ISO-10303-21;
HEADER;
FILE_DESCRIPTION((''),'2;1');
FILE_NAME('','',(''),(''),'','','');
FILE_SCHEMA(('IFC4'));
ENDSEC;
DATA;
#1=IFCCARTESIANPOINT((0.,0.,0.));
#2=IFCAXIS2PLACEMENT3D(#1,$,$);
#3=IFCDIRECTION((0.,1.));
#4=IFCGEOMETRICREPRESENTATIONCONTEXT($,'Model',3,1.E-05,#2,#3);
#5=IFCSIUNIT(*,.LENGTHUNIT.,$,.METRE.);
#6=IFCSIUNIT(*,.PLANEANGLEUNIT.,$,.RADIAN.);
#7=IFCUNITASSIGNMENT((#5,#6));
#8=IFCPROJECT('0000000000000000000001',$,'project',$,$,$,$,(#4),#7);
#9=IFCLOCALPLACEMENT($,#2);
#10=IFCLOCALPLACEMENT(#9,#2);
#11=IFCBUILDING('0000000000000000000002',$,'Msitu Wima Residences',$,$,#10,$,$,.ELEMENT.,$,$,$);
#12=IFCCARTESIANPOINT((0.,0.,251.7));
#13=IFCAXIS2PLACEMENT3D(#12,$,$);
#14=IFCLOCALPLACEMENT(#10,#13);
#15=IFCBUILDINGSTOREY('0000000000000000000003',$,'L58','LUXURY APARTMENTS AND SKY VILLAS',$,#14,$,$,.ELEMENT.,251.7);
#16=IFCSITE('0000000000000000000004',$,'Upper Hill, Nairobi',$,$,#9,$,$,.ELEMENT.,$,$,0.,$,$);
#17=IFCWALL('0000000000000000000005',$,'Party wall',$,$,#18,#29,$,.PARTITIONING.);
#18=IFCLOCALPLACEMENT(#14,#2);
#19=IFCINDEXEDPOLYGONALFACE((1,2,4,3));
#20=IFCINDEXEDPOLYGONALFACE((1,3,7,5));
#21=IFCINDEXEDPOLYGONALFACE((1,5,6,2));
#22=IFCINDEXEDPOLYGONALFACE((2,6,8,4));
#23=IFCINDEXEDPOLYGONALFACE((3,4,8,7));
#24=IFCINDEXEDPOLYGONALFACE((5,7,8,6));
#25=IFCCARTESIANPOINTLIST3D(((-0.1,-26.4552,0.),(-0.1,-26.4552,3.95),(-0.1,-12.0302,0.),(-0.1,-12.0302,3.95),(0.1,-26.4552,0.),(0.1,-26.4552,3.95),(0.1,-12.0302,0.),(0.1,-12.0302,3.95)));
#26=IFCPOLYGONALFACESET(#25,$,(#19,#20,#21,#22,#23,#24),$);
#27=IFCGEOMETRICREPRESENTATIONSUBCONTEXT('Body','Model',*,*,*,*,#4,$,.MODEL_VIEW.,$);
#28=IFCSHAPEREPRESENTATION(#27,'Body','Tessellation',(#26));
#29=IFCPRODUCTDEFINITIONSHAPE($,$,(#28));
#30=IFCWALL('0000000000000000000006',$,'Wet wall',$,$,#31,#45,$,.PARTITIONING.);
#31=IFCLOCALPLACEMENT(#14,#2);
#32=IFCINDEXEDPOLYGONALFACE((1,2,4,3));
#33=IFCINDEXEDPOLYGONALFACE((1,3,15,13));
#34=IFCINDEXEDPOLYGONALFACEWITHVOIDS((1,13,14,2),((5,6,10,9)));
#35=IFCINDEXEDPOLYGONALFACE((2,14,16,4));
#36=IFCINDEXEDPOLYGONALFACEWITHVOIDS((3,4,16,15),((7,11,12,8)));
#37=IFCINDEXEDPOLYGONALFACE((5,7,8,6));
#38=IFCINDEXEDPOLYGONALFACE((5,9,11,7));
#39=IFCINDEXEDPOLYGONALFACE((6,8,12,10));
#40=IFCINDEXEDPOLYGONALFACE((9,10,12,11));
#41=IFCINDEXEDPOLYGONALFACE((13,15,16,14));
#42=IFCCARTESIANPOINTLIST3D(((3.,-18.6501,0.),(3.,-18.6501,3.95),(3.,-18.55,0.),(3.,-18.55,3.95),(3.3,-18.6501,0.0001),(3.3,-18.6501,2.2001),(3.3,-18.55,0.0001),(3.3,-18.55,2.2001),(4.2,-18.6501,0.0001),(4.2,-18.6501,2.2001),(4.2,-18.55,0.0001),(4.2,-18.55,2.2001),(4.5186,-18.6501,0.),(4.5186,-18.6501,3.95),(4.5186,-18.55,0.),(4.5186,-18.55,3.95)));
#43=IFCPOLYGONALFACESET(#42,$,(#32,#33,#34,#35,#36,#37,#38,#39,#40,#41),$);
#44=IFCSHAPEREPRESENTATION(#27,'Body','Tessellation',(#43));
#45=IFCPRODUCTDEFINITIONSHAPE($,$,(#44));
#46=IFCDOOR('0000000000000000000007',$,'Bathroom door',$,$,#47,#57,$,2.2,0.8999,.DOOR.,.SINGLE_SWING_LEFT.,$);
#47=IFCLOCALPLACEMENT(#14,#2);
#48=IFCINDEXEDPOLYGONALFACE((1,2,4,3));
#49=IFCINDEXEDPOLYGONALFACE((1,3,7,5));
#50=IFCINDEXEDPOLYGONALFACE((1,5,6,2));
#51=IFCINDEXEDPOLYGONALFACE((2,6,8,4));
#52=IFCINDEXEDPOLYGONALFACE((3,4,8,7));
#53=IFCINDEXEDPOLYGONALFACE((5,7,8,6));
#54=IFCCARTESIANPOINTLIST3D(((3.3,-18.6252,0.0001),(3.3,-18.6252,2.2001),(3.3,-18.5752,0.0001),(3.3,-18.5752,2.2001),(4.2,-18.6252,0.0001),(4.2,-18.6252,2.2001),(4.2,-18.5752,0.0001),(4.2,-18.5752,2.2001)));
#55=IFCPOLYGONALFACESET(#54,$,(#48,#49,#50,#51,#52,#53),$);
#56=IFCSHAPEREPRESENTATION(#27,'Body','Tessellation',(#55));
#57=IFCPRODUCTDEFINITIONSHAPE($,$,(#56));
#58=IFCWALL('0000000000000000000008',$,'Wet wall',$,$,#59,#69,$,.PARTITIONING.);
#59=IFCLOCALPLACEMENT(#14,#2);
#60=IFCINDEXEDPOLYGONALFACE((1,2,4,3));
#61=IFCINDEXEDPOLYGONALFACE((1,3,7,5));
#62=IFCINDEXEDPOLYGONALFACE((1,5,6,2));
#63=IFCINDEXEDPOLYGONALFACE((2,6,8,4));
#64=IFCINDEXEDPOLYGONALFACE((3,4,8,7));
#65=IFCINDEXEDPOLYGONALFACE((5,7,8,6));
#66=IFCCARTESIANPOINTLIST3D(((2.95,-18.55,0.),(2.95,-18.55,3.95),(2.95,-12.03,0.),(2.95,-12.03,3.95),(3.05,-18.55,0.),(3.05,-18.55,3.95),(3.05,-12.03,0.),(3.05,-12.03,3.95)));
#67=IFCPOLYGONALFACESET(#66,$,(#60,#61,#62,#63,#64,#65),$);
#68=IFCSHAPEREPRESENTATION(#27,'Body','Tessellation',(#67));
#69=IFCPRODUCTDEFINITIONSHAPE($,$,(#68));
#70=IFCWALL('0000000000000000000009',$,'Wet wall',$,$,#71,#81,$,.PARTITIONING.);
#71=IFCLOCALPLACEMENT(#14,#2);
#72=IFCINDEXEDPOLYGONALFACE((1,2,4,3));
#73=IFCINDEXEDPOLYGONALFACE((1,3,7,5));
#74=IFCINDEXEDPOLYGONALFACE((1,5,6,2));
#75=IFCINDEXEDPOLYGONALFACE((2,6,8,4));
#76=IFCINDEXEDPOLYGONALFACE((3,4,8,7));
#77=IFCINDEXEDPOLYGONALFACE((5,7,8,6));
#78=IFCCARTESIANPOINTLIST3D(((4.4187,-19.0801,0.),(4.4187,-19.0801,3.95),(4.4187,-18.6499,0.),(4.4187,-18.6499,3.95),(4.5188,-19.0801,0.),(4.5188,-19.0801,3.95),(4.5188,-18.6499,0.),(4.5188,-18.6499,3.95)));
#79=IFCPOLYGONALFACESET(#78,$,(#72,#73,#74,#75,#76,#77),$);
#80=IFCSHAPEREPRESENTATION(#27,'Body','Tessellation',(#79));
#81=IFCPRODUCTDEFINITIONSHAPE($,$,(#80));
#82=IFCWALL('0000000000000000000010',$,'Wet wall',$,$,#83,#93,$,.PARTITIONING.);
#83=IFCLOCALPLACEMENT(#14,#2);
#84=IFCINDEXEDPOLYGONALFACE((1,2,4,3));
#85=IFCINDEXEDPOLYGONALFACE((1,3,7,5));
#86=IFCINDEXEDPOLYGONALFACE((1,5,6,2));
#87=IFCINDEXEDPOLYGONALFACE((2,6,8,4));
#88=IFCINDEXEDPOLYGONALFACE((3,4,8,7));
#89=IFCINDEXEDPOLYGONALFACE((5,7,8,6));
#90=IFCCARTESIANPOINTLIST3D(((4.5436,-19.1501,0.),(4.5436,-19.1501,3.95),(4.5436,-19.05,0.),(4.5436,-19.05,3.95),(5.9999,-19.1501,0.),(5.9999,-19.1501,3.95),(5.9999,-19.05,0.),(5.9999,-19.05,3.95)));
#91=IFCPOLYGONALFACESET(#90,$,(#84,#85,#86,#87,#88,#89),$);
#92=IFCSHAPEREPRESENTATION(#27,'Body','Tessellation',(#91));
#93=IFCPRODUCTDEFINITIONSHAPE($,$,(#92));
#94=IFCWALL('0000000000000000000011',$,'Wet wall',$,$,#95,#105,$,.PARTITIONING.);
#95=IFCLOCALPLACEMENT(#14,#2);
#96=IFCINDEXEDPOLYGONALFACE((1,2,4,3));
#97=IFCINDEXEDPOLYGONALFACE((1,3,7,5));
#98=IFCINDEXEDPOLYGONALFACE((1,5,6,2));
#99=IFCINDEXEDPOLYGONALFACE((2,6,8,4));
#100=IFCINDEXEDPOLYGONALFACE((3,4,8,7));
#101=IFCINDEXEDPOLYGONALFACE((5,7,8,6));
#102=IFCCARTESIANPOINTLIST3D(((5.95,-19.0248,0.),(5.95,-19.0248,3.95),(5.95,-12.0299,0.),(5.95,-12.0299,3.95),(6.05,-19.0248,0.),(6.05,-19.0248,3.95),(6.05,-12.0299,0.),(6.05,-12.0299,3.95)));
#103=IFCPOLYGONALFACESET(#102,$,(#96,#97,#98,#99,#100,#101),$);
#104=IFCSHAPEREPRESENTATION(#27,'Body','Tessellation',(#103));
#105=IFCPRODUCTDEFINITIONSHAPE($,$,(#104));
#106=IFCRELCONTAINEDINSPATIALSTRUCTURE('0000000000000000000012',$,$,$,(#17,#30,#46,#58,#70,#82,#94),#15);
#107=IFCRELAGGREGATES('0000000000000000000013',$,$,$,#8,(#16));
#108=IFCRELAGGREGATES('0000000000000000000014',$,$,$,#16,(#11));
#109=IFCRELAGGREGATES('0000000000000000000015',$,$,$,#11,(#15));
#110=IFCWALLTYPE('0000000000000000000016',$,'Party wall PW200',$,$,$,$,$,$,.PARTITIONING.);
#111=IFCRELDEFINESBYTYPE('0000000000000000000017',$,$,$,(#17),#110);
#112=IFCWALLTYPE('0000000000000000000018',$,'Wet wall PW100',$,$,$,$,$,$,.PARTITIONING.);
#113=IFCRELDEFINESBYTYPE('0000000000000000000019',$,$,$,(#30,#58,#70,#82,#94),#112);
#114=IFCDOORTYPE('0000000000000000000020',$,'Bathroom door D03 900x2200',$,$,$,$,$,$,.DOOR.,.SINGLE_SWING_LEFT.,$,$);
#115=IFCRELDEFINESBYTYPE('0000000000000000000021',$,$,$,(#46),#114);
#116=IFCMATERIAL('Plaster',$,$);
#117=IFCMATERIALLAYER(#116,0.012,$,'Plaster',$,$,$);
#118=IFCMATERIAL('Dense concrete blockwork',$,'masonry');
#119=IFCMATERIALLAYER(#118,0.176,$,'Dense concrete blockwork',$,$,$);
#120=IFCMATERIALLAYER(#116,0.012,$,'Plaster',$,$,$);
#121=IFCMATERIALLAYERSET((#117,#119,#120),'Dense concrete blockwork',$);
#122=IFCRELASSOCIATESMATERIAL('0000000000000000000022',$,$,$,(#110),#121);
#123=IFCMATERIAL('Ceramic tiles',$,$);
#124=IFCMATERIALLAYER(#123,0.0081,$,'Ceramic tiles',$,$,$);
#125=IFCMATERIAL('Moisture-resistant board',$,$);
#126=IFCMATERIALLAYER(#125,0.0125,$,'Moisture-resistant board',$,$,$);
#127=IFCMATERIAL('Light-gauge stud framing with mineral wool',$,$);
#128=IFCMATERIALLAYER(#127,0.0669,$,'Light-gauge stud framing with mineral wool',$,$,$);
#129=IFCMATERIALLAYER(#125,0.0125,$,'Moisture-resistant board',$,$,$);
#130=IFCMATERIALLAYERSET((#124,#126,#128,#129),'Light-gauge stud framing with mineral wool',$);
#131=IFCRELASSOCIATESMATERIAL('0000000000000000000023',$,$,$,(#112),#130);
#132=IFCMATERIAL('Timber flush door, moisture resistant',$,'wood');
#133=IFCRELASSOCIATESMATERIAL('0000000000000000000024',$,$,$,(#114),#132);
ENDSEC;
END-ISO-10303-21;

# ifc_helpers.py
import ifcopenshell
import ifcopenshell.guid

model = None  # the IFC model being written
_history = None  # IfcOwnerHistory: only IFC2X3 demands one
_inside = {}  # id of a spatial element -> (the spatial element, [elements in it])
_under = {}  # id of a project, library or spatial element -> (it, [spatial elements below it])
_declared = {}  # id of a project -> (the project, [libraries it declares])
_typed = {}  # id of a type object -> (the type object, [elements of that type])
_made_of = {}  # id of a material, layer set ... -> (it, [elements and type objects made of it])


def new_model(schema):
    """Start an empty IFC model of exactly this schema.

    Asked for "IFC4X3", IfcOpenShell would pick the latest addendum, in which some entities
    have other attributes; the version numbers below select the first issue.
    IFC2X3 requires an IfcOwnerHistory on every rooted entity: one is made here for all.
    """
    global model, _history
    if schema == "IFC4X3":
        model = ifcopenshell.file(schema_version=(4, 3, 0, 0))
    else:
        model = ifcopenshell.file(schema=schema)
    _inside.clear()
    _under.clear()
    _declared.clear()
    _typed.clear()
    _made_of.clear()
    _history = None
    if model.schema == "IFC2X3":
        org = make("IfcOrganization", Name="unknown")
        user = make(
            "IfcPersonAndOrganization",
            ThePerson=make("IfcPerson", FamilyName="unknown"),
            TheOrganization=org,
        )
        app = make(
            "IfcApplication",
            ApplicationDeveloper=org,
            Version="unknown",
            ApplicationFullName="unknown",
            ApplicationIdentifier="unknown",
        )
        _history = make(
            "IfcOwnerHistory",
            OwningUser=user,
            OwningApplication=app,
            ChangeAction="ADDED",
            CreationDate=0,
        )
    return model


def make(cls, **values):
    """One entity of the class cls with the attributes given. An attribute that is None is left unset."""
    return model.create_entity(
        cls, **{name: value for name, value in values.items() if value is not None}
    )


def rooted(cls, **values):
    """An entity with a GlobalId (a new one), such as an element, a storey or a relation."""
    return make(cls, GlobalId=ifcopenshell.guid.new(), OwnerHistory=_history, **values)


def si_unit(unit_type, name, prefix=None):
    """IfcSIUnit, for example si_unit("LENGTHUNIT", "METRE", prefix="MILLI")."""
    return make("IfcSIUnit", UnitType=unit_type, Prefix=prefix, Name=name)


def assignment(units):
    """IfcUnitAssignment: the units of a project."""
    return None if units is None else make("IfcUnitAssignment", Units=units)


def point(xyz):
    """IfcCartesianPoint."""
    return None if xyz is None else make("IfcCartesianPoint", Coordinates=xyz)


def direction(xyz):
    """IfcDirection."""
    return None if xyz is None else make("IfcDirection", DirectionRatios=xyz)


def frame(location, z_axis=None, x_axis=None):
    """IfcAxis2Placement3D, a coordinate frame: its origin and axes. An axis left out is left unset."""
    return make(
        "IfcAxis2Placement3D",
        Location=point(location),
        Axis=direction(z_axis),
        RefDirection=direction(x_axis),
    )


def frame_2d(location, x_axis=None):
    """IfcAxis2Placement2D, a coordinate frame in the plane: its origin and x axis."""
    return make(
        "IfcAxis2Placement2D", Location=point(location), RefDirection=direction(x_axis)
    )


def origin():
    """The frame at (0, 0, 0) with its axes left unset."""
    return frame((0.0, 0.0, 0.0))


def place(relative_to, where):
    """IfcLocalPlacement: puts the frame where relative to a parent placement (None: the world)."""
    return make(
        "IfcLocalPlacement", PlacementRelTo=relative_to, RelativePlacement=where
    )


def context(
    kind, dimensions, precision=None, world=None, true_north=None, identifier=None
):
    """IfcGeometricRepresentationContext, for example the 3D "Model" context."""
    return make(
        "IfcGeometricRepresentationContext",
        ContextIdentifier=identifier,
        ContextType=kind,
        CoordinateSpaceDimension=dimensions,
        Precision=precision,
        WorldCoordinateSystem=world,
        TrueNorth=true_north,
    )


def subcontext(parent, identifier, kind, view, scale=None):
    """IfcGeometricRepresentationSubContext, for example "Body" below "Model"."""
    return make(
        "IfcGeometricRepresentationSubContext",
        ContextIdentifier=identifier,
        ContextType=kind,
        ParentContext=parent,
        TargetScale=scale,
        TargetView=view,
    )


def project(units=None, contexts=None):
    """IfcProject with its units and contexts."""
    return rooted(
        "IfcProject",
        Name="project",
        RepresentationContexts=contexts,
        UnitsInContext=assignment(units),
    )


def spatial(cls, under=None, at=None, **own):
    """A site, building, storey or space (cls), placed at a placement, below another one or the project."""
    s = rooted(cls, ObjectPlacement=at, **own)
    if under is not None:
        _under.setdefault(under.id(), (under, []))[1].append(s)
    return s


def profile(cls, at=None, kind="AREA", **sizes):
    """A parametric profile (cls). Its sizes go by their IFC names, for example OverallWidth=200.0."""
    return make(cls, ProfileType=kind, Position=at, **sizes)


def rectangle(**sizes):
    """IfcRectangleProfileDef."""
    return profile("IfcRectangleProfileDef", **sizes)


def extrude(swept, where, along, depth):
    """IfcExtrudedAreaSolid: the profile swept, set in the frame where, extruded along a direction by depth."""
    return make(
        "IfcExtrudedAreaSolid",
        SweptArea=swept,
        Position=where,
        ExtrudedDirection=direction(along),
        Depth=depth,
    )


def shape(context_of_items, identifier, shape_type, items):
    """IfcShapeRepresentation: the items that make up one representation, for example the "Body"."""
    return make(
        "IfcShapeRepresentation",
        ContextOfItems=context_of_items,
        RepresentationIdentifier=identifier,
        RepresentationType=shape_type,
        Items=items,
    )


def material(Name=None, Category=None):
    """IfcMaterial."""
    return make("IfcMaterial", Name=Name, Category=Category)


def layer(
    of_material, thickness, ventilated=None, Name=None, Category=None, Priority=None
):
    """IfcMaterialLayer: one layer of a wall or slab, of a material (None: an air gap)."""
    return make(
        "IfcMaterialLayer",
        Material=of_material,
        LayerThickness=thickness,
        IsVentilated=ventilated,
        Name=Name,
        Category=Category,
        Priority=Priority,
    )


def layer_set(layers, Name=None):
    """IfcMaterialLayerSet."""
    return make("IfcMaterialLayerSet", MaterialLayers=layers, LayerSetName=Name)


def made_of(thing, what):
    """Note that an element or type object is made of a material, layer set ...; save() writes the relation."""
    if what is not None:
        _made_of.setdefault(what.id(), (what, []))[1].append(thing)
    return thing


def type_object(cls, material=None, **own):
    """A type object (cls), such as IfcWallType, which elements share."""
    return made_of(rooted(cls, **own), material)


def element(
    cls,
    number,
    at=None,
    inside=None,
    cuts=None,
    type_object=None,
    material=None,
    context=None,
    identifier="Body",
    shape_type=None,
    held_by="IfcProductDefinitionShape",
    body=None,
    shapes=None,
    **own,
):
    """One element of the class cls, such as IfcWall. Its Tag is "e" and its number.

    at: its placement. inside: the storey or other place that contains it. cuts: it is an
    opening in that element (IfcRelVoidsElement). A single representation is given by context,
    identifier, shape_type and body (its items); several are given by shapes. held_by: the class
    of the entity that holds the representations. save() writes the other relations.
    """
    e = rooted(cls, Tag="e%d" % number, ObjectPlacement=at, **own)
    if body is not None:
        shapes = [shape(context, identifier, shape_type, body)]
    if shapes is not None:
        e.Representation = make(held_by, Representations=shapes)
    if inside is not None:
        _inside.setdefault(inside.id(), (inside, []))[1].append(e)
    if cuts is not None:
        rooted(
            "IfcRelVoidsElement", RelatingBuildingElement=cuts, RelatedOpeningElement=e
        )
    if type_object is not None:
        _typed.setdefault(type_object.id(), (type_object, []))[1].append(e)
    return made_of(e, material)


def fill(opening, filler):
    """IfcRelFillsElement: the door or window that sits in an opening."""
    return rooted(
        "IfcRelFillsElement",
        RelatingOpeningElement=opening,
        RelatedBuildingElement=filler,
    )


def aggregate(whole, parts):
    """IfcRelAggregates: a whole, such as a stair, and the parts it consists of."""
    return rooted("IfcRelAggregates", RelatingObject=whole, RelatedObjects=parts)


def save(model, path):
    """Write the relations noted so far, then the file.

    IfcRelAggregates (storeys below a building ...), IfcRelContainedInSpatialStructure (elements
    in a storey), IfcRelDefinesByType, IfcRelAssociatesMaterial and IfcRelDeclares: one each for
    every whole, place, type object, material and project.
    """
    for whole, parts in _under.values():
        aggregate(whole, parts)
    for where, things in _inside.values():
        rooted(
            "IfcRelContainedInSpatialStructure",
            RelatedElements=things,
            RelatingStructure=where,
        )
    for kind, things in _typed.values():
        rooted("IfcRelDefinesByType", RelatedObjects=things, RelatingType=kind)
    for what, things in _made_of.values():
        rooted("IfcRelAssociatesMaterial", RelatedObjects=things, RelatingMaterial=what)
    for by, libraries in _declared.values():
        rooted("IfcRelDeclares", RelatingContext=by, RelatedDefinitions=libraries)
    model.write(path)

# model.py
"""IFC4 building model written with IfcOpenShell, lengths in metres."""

from ifc_helpers import new_model, si_unit, direction, frame, frame_2d, origin, place, context, subcontext, project, spatial, rectangle, extrude, material, layer, layer_set, type_object, element, fill, save


model = new_model("IFC4")

# Units and contexts
model_context = context("Model", 3, precision=1e-05, world=origin(), true_north=direction((0.0, 1.0)))
body_context = subcontext(model_context, "Body", "Model", "MODEL_VIEW")
ifc_project = project(units=[si_unit("LENGTHUNIT", "METRE"), si_unit("PLANEANGLEUNIT", "RADIAN")], contexts=[model_context])

# Site, building, storey
site_placement = place(None, origin())
site = spatial("IfcSite", under=ifc_project, at=site_placement, Name="Upper Hill, Nairobi", CompositionType="ELEMENT", RefElevation=0.0)
building_placement = place(site_placement, origin())
building = spatial("IfcBuilding", under=site, at=building_placement, Name="Msitu Wima Residences", CompositionType="ELEMENT")
storey_placement = place(building_placement, frame((0.0, 0.0, 251.7)))
storey = spatial("IfcBuildingStorey", under=building, at=storey_placement, Name="L58", Description="LUXURY APARTMENTS AND SKY VILLAS", CompositionType="ELEMENT", Elevation=251.7)

# Shared definitions
ifc_material_1 = material(Name="Plaster")

# Wall
ifc_layer_1 = layer(ifc_material_1, 0.012, Name="Plaster")
ifc_material_2 = material(Name="Dense concrete blockwork", Category="masonry")
ifc_layer_2 = layer(ifc_material_2, 0.176, Name="Dense concrete blockwork")
ifc_layer_3 = layer(ifc_material_1, 0.012, Name="Plaster")
ifc_layer_set_1 = layer_set([ifc_layer_1, ifc_layer_2, ifc_layer_3], Name="Dense concrete blockwork")
wall_type_1 = type_object("IfcWallType", Name="Party wall PW200", PredefinedType="PARTITIONING", material=ifc_layer_set_1)
wall_1_placement = place(storey_placement, frame((0.0, -26.4551, 0.0), z_axis=(0.0, 0.0, 1.0), x_axis=(0.0, 1.0, 0.0)))
element("IfcWall", 1, at=wall_1_placement, inside=storey, type_object=wall_type_1, Name="Party wall", PredefinedType="PARTITIONING", context=body_context, shape_type="SweptSolid", body=[
    extrude(rectangle(XDim=14.425, YDim=0.2, at=frame_2d((7.2124, 0.0))), origin(), (0.0, 0.0, 1.0), 3.95),
])

# Wall, opening, door
ifc_material_3 = material(Name="Ceramic tiles")
ifc_layer_4 = layer(ifc_material_3, 0.0081, Name="Ceramic tiles")
ifc_material_4 = material(Name="Moisture-resistant board")
ifc_layer_5 = layer(ifc_material_4, 0.0125, Name="Moisture-resistant board")
ifc_material_5 = material(Name="Light-gauge stud framing with mineral wool")
ifc_layer_6 = layer(ifc_material_5, 0.0669, Name="Light-gauge stud framing with mineral wool")
ifc_layer_7 = layer(ifc_material_4, 0.0125, Name="Moisture-resistant board")
ifc_layer_set_2 = layer_set([ifc_layer_4, ifc_layer_5, ifc_layer_6, ifc_layer_7], Name="Light-gauge stud framing with mineral wool")
wall_type_2 = type_object("IfcWallType", Name="Wet wall PW100", PredefinedType="PARTITIONING", material=ifc_layer_set_2)
wall_2_placement = place(storey_placement, frame((3.0, -18.6001, 0.0), z_axis=(0.0, 0.0, 1.0), x_axis=(1.0, 0.0, 0.0)))
wall_2 = element("IfcWall", 2, at=wall_2_placement, inside=storey, type_object=wall_type_2, Name="Wet wall", PredefinedType="PARTITIONING", context=body_context, shape_type="SweptSolid", body=[
    extrude(rectangle(XDim=1.5186, YDim=0.1001, at=frame_2d((0.7593, 0.0))), origin(), (0.0, 0.0, 1.0), 3.95),
])
opening_1_placement = place(wall_2_placement, frame((0.3, 0.0, 0.0)))
opening_1 = element("IfcOpeningElement", 3, at=opening_1_placement, cuts=wall_2, PredefinedType="OPENING", context=body_context, shape_type="SweptSolid", body=[
    extrude(rectangle(XDim=0.8999, YDim=2.2, at=frame_2d((0.45, 1.1001))), frame((0.0, 0.0601, 0.0), z_axis=(0.0, -1.0, 0.0), x_axis=(1.0, 0.0, 0.0)), (0.0, 0.0, 1.0), 0.1201),
])
ifc_material_6 = material(Name="Timber flush door, moisture resistant", Category="wood")
door_type_1 = type_object("IfcDoorType", Name="Bathroom door D03 900x2200", OperationType="SINGLE_SWING_LEFT", PredefinedType="DOOR", material=ifc_material_6)
door_1_placement = place(opening_1_placement, origin())
door_1 = element("IfcDoor", 4, at=door_1_placement, inside=storey, type_object=door_type_1, Name="Bathroom door", OperationType="SINGLE_SWING_LEFT", OverallHeight=2.2, OverallWidth=0.8999, PredefinedType="DOOR", context=body_context, shape_type="SweptSolid", body=[
    extrude(rectangle(XDim=0.8999, YDim=2.2, at=frame_2d((0.45, 1.1001))), frame((0.0, 0.0249, 0.0), z_axis=(0.0, -1.0, 0.0), x_axis=(1.0, 0.0, 0.0)), (0.0, 0.0, 1.0), 0.05),
])
fill(opening_1, door_1)

# Walls
wall_3_placement = place(storey_placement, frame((3.0, -18.55, 0.0), z_axis=(0.0, 0.0, 1.0), x_axis=(0.0, 1.0, 0.0)))
element("IfcWall", 5, at=wall_3_placement, inside=storey, type_object=wall_type_2, Name="Wet wall", PredefinedType="PARTITIONING", context=body_context, shape_type="SweptSolid", body=[
    extrude(rectangle(XDim=6.52, YDim=0.1001, at=frame_2d((3.26, 0.0))), origin(), (0.0, 0.0, 1.0), 3.95),
])
wall_4_placement = place(storey_placement, frame((4.4688, -19.0801, 0.0), z_axis=(0.0, 0.0, 1.0), x_axis=(0.0, 1.0, 0.0)))
element("IfcWall", 6, at=wall_4_placement, inside=storey, type_object=wall_type_2, Name="Wet wall", PredefinedType="PARTITIONING", context=body_context, shape_type="SweptSolid", body=[
    extrude(rectangle(XDim=0.4302, YDim=0.1001, at=frame_2d((0.2151, 0.0))), origin(), (0.0, 0.0, 1.0), 3.95),
])
wall_5_placement = place(storey_placement, frame((4.5437, -19.1001, 0.0), z_axis=(0.0, 0.0, 1.0), x_axis=(1.0, 0.0, 0.0)))
element("IfcWall", 7, at=wall_5_placement, inside=storey, type_object=wall_type_2, Name="Wet wall", PredefinedType="PARTITIONING", context=body_context, shape_type="SweptSolid", body=[
    extrude(rectangle(XDim=1.4563, YDim=0.1001, at=frame_2d((0.728, 0.0))), origin(), (0.0, 0.0, 1.0), 3.95),
])
wall_6_placement = place(storey_placement, frame((6.0, -19.0249, 0.0), z_axis=(0.0, 0.0, 1.0), x_axis=(0.0, 1.0, 0.0)))
element("IfcWall", 8, at=wall_6_placement, inside=storey, type_object=wall_type_2, Name="Wet wall", PredefinedType="PARTITIONING", context=body_context, shape_type="SweptSolid", body=[
    extrude(rectangle(XDim=6.9949, YDim=0.1001, at=frame_2d((3.4976, 0.0))), origin(), (0.0, 0.0, 1.0), 3.95),
])

save(model, "model.ifc")
